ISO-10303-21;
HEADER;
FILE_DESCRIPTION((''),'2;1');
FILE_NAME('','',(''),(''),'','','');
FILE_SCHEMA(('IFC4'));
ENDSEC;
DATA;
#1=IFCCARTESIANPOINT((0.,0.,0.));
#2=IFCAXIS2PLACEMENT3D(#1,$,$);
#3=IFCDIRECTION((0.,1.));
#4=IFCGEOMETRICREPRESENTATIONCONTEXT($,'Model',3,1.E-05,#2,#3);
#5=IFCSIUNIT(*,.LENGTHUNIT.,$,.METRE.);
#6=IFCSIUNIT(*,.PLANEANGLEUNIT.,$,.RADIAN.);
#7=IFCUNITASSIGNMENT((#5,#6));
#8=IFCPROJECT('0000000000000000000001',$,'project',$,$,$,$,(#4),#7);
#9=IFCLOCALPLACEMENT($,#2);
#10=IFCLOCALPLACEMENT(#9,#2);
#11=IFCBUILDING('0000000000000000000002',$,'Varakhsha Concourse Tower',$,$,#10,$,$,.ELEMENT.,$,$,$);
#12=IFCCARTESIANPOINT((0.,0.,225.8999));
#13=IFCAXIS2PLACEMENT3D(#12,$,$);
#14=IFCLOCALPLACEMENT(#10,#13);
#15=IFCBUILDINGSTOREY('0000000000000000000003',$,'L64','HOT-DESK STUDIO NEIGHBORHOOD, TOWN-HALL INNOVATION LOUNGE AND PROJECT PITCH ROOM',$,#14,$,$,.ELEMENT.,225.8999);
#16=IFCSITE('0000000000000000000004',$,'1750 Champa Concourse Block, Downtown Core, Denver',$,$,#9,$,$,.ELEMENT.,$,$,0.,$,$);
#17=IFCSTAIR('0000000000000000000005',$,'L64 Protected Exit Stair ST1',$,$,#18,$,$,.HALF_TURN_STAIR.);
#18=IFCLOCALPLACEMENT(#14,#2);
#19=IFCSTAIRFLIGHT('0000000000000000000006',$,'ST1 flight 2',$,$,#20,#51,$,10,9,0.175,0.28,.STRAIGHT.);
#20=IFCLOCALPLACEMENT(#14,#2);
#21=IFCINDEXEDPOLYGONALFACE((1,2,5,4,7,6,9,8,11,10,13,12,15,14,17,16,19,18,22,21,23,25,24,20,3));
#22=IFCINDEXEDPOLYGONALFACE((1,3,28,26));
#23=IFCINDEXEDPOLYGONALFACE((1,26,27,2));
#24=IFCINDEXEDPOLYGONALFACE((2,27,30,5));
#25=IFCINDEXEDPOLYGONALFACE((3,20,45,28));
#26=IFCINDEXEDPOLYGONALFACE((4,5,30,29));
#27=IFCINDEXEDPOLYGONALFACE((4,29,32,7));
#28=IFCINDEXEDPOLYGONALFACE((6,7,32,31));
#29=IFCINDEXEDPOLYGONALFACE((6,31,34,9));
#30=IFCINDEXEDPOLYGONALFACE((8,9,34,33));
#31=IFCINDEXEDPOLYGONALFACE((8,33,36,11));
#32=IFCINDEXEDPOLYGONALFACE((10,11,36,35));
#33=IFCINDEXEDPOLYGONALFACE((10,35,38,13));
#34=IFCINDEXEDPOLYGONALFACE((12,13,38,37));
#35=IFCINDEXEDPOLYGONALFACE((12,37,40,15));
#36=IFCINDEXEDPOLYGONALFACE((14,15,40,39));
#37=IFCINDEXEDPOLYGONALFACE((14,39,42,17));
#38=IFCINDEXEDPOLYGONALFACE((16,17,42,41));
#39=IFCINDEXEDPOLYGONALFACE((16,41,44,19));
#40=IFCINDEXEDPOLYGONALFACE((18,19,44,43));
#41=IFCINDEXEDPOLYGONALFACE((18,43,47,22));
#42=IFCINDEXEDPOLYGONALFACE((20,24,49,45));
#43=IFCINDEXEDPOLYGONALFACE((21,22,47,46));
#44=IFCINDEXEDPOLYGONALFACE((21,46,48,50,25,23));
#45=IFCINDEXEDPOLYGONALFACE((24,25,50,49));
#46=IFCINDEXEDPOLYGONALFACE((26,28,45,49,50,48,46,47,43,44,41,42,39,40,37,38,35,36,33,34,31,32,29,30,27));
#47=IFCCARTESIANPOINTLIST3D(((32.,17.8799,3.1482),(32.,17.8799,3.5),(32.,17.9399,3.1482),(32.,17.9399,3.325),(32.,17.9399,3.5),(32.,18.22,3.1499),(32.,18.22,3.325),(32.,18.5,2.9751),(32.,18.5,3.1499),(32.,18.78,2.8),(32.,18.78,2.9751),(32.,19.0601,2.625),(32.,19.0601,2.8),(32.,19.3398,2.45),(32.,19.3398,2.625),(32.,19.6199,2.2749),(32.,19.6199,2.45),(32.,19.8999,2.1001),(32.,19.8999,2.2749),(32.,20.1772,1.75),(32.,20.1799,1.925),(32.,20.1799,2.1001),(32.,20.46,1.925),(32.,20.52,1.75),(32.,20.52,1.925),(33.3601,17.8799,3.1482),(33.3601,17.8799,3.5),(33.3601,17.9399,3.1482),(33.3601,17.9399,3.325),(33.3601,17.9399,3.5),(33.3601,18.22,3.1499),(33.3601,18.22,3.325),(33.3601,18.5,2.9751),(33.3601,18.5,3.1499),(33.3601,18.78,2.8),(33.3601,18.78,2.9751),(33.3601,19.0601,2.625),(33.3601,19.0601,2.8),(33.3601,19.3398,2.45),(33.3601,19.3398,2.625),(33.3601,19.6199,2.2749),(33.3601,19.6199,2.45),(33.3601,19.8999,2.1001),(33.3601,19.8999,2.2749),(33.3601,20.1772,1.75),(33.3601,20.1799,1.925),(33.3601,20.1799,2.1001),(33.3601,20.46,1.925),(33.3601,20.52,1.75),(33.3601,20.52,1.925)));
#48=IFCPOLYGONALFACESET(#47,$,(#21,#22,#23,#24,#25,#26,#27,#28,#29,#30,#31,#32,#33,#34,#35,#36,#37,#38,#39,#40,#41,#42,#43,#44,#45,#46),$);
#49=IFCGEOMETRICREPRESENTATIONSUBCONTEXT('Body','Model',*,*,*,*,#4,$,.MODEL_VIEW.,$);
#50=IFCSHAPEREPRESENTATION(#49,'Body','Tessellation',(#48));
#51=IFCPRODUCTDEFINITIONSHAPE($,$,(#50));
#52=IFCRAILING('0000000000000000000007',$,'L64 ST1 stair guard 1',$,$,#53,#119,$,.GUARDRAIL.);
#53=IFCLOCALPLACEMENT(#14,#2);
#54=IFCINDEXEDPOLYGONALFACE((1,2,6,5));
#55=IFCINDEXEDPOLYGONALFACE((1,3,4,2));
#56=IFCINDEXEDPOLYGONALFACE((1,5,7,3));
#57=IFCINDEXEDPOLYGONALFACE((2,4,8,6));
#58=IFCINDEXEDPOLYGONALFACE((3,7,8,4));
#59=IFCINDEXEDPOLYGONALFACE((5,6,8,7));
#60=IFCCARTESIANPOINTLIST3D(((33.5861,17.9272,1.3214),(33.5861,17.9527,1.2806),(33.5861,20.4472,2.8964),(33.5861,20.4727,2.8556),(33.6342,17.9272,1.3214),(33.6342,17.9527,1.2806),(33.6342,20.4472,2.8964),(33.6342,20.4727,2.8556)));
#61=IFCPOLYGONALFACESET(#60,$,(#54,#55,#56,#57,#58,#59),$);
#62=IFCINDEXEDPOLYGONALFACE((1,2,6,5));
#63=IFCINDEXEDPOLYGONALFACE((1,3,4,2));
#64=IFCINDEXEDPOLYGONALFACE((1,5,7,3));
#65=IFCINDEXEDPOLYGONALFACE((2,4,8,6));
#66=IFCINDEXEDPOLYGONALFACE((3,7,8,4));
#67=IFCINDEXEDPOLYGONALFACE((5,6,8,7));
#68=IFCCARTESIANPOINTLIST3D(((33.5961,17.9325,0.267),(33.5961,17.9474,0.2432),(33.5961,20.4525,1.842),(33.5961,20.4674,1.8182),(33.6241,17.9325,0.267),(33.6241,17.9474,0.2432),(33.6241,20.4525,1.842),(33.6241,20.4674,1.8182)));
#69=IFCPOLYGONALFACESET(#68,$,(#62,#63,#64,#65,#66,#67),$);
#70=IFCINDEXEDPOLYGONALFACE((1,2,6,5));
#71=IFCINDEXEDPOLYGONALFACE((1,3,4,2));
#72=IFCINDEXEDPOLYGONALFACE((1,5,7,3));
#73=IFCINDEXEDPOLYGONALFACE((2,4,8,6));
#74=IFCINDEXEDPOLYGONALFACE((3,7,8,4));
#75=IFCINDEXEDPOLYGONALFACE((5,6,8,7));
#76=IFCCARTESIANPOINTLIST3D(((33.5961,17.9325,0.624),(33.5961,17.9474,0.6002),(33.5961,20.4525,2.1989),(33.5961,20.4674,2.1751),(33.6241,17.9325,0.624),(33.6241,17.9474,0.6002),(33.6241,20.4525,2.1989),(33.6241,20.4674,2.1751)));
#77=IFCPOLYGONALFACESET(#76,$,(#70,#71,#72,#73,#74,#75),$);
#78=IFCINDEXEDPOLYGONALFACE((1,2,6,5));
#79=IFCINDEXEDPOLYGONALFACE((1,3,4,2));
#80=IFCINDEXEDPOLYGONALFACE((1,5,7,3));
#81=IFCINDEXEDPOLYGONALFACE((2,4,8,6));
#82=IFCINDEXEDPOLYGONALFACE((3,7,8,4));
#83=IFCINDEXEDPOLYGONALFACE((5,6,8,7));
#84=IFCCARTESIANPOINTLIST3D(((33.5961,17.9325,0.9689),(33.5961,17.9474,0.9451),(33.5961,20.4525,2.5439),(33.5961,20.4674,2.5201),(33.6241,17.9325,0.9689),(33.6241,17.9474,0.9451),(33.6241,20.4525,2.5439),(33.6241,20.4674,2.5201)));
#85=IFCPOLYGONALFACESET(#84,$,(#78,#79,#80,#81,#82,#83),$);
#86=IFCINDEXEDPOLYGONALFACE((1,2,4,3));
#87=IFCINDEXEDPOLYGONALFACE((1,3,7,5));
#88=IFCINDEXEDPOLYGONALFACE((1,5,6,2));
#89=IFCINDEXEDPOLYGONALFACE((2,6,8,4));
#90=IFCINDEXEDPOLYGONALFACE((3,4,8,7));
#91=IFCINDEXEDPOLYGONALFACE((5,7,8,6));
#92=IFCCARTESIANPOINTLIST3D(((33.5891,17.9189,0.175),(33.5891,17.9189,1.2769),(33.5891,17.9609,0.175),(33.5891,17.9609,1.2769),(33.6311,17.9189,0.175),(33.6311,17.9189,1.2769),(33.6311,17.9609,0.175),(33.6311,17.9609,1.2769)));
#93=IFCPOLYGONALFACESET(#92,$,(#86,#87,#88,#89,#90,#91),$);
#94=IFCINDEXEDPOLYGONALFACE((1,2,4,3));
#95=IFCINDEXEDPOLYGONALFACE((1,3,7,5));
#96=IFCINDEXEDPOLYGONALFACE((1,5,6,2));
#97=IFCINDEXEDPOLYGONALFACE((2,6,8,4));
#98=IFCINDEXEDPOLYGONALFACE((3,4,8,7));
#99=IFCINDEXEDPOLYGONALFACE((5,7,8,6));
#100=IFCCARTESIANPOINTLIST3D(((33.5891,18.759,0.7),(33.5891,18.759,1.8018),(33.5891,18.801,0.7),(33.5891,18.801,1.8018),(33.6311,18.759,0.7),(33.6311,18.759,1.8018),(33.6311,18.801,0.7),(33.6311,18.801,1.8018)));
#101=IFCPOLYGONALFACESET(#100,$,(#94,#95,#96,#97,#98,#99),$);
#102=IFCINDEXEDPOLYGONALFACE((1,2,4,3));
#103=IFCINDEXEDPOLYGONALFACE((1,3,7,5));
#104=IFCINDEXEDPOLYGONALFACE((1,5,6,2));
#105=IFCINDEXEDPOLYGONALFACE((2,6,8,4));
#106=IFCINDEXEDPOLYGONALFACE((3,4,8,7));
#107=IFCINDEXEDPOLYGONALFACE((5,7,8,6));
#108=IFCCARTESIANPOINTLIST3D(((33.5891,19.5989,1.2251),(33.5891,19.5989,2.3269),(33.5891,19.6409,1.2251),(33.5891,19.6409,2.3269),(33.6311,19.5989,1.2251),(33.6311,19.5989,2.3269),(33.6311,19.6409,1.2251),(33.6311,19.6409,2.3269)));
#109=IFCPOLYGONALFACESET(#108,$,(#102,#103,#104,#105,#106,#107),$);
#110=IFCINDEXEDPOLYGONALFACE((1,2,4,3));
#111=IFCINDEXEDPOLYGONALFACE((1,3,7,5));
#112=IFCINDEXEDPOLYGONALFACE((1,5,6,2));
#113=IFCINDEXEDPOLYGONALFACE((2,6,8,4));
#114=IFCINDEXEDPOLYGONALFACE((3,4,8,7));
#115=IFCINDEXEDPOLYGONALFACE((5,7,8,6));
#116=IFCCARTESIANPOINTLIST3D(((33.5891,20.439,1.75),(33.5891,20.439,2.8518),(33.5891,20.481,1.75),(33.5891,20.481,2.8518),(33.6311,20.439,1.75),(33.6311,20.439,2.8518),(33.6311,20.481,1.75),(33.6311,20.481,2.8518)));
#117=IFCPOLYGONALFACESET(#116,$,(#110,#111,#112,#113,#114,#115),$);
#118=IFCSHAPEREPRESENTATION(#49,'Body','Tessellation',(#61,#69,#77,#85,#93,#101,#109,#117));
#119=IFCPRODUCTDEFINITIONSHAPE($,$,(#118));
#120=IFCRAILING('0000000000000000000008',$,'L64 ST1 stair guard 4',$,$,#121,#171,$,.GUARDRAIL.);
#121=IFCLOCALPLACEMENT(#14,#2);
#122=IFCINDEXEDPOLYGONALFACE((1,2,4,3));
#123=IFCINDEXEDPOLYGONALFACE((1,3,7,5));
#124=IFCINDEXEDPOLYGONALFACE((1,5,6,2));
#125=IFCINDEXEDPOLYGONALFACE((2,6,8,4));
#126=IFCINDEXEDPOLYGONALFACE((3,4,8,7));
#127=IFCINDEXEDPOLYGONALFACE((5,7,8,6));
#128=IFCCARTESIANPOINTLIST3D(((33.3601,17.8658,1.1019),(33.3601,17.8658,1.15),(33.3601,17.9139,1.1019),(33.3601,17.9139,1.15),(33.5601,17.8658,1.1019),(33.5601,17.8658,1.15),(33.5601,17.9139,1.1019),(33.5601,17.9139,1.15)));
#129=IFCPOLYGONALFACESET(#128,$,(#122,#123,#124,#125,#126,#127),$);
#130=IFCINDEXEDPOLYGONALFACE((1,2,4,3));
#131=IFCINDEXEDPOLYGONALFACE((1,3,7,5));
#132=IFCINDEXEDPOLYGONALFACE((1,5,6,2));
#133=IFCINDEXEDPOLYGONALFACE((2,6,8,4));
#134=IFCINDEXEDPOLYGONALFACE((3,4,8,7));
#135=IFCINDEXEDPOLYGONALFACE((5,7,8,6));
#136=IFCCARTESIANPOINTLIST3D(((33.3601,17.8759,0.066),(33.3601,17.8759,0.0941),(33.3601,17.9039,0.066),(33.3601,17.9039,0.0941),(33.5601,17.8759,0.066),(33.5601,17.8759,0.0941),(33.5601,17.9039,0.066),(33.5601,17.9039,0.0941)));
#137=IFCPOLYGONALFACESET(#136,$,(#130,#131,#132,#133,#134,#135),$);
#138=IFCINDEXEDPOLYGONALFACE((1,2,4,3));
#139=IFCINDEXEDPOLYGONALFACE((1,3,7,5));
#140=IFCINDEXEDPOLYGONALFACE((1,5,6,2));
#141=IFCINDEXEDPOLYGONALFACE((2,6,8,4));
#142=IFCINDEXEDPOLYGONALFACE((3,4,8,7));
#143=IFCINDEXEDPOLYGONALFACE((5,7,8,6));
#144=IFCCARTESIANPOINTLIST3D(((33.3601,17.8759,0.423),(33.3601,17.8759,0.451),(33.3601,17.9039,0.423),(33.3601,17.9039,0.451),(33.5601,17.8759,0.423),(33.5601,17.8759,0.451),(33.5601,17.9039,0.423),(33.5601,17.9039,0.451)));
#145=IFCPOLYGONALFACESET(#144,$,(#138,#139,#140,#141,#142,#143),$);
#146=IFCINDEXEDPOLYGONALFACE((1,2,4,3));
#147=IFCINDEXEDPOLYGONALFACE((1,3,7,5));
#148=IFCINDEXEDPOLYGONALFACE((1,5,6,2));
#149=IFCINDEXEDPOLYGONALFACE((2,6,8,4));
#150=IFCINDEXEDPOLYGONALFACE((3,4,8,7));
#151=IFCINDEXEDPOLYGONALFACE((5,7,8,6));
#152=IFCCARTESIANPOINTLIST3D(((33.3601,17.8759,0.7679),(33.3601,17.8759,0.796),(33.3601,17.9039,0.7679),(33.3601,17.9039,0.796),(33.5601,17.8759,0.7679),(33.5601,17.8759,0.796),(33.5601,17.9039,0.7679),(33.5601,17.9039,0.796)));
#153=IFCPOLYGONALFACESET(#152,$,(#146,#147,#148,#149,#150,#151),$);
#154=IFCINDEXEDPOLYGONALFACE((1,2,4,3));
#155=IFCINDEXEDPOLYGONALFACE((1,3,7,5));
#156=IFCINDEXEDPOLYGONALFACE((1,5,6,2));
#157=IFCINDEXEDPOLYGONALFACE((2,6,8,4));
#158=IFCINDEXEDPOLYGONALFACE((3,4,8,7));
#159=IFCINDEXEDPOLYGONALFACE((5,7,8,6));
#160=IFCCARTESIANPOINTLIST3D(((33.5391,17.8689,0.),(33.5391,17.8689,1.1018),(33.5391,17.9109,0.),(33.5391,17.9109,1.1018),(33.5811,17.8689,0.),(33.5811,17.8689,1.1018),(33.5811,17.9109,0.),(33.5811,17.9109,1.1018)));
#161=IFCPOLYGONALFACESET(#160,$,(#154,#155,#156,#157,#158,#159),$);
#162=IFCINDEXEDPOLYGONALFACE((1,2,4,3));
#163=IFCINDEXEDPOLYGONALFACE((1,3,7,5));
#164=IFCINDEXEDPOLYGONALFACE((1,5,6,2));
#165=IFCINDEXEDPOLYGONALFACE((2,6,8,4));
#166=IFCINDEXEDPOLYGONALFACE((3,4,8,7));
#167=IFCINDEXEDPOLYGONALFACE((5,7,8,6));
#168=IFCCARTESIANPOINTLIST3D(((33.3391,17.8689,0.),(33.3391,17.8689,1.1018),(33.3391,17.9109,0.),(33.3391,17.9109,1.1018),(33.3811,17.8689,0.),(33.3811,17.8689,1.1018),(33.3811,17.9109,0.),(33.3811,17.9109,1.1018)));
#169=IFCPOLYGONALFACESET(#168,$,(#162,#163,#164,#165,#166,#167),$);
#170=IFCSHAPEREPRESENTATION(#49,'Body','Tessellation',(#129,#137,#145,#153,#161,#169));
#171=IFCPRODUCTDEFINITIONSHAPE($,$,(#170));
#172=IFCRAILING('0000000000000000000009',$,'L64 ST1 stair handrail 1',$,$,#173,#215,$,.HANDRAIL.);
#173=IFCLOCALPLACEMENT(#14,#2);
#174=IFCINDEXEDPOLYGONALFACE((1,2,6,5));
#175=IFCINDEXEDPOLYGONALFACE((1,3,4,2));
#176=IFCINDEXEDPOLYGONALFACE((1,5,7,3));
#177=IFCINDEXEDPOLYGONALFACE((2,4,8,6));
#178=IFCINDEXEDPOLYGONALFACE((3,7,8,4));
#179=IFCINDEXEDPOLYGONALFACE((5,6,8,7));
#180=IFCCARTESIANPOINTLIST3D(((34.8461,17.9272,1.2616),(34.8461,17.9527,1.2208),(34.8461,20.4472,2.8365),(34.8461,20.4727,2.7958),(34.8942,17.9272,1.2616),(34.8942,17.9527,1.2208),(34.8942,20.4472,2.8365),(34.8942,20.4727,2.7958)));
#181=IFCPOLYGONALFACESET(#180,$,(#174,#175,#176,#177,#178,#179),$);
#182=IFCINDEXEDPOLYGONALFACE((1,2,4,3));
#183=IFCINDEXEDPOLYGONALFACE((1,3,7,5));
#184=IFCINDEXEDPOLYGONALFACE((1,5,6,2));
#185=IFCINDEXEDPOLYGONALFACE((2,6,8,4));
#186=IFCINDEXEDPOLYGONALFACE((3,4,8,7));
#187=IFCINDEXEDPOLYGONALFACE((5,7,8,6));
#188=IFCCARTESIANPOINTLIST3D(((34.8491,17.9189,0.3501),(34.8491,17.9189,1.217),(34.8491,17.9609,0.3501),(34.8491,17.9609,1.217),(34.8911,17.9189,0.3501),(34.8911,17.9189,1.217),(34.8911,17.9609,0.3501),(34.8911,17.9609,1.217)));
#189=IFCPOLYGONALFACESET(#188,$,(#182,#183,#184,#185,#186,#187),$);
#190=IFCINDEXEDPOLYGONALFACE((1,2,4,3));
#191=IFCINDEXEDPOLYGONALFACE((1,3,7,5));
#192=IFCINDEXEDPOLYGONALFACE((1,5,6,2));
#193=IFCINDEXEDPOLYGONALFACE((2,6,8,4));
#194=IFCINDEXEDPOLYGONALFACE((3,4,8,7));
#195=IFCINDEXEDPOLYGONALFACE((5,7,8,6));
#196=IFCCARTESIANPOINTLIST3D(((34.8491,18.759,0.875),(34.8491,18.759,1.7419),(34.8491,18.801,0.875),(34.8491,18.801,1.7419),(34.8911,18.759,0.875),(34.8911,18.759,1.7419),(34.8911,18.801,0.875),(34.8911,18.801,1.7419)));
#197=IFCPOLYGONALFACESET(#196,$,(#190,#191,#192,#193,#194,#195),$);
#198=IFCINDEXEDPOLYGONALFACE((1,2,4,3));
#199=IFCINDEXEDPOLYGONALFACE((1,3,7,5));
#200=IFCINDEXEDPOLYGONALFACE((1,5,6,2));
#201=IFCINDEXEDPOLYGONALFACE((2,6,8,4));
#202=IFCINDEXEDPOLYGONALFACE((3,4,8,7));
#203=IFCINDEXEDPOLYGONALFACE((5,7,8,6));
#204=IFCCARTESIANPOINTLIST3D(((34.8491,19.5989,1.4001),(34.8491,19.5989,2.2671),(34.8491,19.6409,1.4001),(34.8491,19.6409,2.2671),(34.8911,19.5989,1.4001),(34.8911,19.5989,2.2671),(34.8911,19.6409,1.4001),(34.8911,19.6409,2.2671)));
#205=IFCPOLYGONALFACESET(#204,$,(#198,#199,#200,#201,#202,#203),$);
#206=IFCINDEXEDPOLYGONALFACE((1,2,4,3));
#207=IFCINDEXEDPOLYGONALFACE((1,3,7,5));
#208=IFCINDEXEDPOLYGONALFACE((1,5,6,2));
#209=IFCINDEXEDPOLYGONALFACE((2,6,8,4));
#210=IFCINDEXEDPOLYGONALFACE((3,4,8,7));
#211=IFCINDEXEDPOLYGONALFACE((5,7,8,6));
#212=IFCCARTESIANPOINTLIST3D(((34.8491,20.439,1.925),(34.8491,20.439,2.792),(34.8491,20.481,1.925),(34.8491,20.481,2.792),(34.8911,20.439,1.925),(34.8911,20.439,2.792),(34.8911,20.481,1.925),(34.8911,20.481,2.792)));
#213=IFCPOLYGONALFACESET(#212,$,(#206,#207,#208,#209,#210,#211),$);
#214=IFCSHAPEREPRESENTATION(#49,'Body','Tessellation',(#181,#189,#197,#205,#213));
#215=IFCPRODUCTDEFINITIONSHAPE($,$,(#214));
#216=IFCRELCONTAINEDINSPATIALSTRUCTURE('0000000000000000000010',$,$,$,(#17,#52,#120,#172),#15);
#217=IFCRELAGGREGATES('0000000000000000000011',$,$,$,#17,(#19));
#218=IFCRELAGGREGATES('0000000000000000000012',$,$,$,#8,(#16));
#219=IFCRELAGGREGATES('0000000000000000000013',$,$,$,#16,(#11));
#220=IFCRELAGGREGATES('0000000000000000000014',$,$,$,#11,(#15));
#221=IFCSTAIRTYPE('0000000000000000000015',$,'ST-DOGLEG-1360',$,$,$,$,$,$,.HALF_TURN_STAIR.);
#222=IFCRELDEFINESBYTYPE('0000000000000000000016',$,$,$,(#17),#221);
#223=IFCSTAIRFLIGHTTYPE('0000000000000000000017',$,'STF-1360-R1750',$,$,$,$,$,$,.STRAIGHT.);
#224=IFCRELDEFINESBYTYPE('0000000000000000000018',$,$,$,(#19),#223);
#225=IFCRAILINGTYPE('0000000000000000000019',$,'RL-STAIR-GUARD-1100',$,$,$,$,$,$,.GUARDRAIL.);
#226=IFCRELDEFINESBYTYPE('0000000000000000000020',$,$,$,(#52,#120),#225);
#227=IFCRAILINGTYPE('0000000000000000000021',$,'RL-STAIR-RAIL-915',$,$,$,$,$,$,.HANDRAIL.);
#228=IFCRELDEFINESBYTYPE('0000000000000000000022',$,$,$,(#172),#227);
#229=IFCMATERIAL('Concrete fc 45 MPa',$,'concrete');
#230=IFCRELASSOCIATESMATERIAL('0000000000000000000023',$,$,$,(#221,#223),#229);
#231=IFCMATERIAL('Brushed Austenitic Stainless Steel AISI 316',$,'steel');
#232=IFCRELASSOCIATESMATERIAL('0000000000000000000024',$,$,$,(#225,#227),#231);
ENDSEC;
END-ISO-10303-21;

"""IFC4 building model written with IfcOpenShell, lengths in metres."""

from ifc_helpers import new_model, si_unit, direction, frame, origin, origin_2d, place, context, subcontext, project, spatial, polyline, rectangle, outline, extrude, material, type_object, element, aggregate, save


model = new_model("IFC4")

# Units and contexts
model_context = context("Model", 3, precision=1e-05, world=origin(), true_north=direction((0.0, 1.0)))
body_context = subcontext(model_context, "Body", "Model", "MODEL_VIEW")
ifc_project = project(units=[si_unit("LENGTHUNIT", "METRE"), si_unit("PLANEANGLEUNIT", "RADIAN")], contexts=[model_context])

# Site, building, storey
site_placement = place(None, origin())
site = spatial("IfcSite", under=ifc_project, at=site_placement, Name="1750 Champa Concourse Block, Downtown Core, Denver", CompositionType="ELEMENT", RefElevation=0.0)
building_placement = place(site_placement, origin())
building = spatial("IfcBuilding", under=site, at=building_placement, Name="Varakhsha Concourse Tower", CompositionType="ELEMENT")
storey_placement = place(building_placement, frame((0.0, 0.0, 225.8999)))
storey = spatial("IfcBuildingStorey", under=building, at=storey_placement, Name="L64", Description="HOT-DESK STUDIO NEIGHBORHOOD, TOWN-HALL INNOVATION LOUNGE AND PROJECT PITCH ROOM", CompositionType="ELEMENT", Elevation=225.8999)

# Shared definitions
ifc_material_1 = material(Name="Concrete fc 45 MPa", Category="concrete")

# Stair, stair flight
stair_type = type_object("IfcStairType", Name="ST-DOGLEG-1360", PredefinedType="HALF_TURN_STAIR", material=ifc_material_1)
stair_placement = place(storey_placement, origin())
stair = element("IfcStair", 1, at=stair_placement, inside=storey, type_object=stair_type, Name="L64 Protected Exit Stair ST1", PredefinedType="HALF_TURN_STAIR")
stair_flight_type = type_object("IfcStairFlightType", Name="STF-1360-R1750", PredefinedType="STRAIGHT", material=ifc_material_1)
stair_flight_1_placement = place(storey_placement, frame((32.6799, 20.46, 1.75), z_axis=(0.0, 0.0, 1.0), x_axis=(0.0, -1.0, 0.0)))
stair_flight_1 = element("IfcStairFlight", 2, at=stair_flight_1_placement, type_object=stair_flight_type, Name="ST1 flight 2", NumberOfRisers=10, NumberOfTreads=9, PredefinedType="STRAIGHT", RiserHeight=0.175, TreadLength=0.28, context=body_context, shape_type="SweptSolid", body=[
    extrude(outline(polyline([(-0.0601, 0.0), (-0.0601, 0.175), (0.0, 0.175), (0.28, 0.175), (0.28, 0.3501), (0.5601, 0.3501), (0.5601, 0.5249), (0.8401, 0.5249), (0.8401, 0.7), (1.1201, 0.7), (1.1201, 0.875), (1.3999, 0.875), (1.3999, 1.05), (1.6799, 1.05), (1.6799, 1.2251), (1.96, 1.2251), (1.96, 1.3999), (2.24, 1.3999), (2.24, 1.575), (2.52, 1.575), (2.52, 1.75), (2.5801, 1.75), (2.5801, 1.3982), (2.52, 1.3982), (0.2827, 0.0), (-0.0601, 0.0)])), frame((0.0, 0.6802, 0.0), z_axis=(0.0, -1.0, 0.0), x_axis=(1.0, 0.0, 0.0)), (0.0, 0.0, 1.0), 1.3601),
])
aggregate(stair, [stair_flight_1])

# Railings
ifc_material_2 = material(Name="Brushed Austenitic Stainless Steel AISI 316", Category="steel")
railing_type_1 = type_object("IfcRailingType", Name="RL-STAIR-GUARD-1100", PredefinedType="GUARDRAIL", material=ifc_material_2)
railing_1_placement = place(storey_placement, frame((33.6101, 17.9399, 0.175)))
element("IfcRailing", 3, at=railing_1_placement, inside=storey, type_object=railing_type_1, Name="L64 ST1 stair guard 1", PredefinedType="GUARDRAIL", context=body_context, shape_type="SweptSolid", body=[
    extrude(rectangle(XDim=0.0481, YDim=0.0481, at=origin_2d()), frame((0.0, 0.0, 1.126), z_axis=(0.0, 0.848008, 0.529984), x_axis=(-1.0, 0.0, 0.0)), (0.0, 0.0, 1.0), 2.9717),
    extrude(rectangle(XDim=0.0281, YDim=0.0281, at=origin_2d()), frame((0.0, 0.0, 0.0801), z_axis=(0.0, 0.848008, 0.529984), x_axis=(-1.0, 0.0, 0.0)), (0.0, 0.0, 1.0), 2.9717),
    extrude(rectangle(XDim=0.0281, YDim=0.0281, at=origin_2d()), frame((0.0, 0.0, 0.437), z_axis=(0.0, 0.848008, 0.529984), x_axis=(-1.0, 0.0, 0.0)), (0.0, 0.0, 1.0), 2.9717),
    extrude(rectangle(XDim=0.0281, YDim=0.0281, at=origin_2d()), frame((0.0, 0.0, 0.782), z_axis=(0.0, 0.848008, 0.529984), x_axis=(-1.0, 0.0, 0.0)), (0.0, 0.0, 1.0), 2.9717),
    extrude(rectangle(XDim=0.042, YDim=0.042, at=origin_2d()), origin(), (0.0, 0.0, 1.0), 1.1018),
    extrude(rectangle(XDim=0.042, YDim=0.042, at=origin_2d()), frame((0.0, 0.8401, 0.5249)), (0.0, 0.0, 1.0), 1.1018),
    extrude(rectangle(XDim=0.042, YDim=0.042, at=origin_2d()), frame((0.0, 1.6799, 1.05)), (0.0, 0.0, 1.0), 1.1018),
    extrude(rectangle(XDim=0.042, YDim=0.042, at=origin_2d()), frame((0.0, 2.52, 1.575)), (0.0, 0.0, 1.0), 1.1018),
])
railing_2_placement = place(storey_placement, frame((33.5601, 17.8899, 0.0)))
element("IfcRailing", 4, at=railing_2_placement, inside=storey, type_object=railing_type_1, Name="L64 ST1 stair guard 4", PredefinedType="GUARDRAIL", context=body_context, shape_type="SweptSolid", body=[
    extrude(rectangle(XDim=0.0481, YDim=0.0481, at=origin_2d()), frame((0.0, 0.0, 1.126), z_axis=(-1.0, 0.0, 0.0), x_axis=(0.0, -1.0, 0.0)), (0.0, 0.0, 1.0), 0.2),
    extrude(rectangle(XDim=0.0281, YDim=0.0281, at=origin_2d()), frame((0.0, 0.0, 0.0801), z_axis=(-1.0, 0.0, 0.0), x_axis=(0.0, -1.0, 0.0)), (0.0, 0.0, 1.0), 0.2),
    extrude(rectangle(XDim=0.0281, YDim=0.0281, at=origin_2d()), frame((0.0, 0.0, 0.437), z_axis=(-1.0, 0.0, 0.0), x_axis=(0.0, -1.0, 0.0)), (0.0, 0.0, 1.0), 0.2),
    extrude(rectangle(XDim=0.0281, YDim=0.0281, at=origin_2d()), frame((0.0, 0.0, 0.782), z_axis=(-1.0, 0.0, 0.0), x_axis=(0.0, -1.0, 0.0)), (0.0, 0.0, 1.0), 0.2),
    extrude(rectangle(XDim=0.042, YDim=0.042, at=origin_2d()), origin(), (0.0, 0.0, 1.0), 1.1018),
    extrude(rectangle(XDim=0.042, YDim=0.042, at=origin_2d()), frame((-0.2, 0.0, 0.0)), (0.0, 0.0, 1.0), 1.1018),
])
railing_type_2 = type_object("IfcRailingType", Name="RL-STAIR-RAIL-915", PredefinedType="HANDRAIL", material=ifc_material_2)
railing_3_placement = place(storey_placement, frame((34.8701, 17.9399, 0.3501)))
element("IfcRailing", 5, at=railing_3_placement, inside=storey, type_object=railing_type_2, Name="L64 ST1 stair handrail 1", PredefinedType="HANDRAIL", context=body_context, shape_type="SweptSolid", body=[
    extrude(rectangle(XDim=0.0481, YDim=0.0481, at=origin_2d()), frame((0.0, 0.0, 0.8911), z_axis=(0.0, 0.848008, 0.529984), x_axis=(-1.0, 0.0, 0.0)), (0.0, 0.0, 1.0), 2.9717),
    extrude(rectangle(XDim=0.042, YDim=0.042, at=origin_2d()), origin(), (0.0, 0.0, 1.0), 0.8669),
    extrude(rectangle(XDim=0.042, YDim=0.042, at=origin_2d()), frame((0.0, 0.8401, 0.5249)), (0.0, 0.0, 1.0), 0.8669),
    extrude(rectangle(XDim=0.042, YDim=0.042, at=origin_2d()), frame((0.0, 1.6799, 1.05)), (0.0, 0.0, 1.0), 0.8669),
    extrude(rectangle(XDim=0.042, YDim=0.042, at=origin_2d()), frame((0.0, 2.52, 1.575)), (0.0, 0.0, 1.0), 0.8669),
])

save(model, "model.ifc")
